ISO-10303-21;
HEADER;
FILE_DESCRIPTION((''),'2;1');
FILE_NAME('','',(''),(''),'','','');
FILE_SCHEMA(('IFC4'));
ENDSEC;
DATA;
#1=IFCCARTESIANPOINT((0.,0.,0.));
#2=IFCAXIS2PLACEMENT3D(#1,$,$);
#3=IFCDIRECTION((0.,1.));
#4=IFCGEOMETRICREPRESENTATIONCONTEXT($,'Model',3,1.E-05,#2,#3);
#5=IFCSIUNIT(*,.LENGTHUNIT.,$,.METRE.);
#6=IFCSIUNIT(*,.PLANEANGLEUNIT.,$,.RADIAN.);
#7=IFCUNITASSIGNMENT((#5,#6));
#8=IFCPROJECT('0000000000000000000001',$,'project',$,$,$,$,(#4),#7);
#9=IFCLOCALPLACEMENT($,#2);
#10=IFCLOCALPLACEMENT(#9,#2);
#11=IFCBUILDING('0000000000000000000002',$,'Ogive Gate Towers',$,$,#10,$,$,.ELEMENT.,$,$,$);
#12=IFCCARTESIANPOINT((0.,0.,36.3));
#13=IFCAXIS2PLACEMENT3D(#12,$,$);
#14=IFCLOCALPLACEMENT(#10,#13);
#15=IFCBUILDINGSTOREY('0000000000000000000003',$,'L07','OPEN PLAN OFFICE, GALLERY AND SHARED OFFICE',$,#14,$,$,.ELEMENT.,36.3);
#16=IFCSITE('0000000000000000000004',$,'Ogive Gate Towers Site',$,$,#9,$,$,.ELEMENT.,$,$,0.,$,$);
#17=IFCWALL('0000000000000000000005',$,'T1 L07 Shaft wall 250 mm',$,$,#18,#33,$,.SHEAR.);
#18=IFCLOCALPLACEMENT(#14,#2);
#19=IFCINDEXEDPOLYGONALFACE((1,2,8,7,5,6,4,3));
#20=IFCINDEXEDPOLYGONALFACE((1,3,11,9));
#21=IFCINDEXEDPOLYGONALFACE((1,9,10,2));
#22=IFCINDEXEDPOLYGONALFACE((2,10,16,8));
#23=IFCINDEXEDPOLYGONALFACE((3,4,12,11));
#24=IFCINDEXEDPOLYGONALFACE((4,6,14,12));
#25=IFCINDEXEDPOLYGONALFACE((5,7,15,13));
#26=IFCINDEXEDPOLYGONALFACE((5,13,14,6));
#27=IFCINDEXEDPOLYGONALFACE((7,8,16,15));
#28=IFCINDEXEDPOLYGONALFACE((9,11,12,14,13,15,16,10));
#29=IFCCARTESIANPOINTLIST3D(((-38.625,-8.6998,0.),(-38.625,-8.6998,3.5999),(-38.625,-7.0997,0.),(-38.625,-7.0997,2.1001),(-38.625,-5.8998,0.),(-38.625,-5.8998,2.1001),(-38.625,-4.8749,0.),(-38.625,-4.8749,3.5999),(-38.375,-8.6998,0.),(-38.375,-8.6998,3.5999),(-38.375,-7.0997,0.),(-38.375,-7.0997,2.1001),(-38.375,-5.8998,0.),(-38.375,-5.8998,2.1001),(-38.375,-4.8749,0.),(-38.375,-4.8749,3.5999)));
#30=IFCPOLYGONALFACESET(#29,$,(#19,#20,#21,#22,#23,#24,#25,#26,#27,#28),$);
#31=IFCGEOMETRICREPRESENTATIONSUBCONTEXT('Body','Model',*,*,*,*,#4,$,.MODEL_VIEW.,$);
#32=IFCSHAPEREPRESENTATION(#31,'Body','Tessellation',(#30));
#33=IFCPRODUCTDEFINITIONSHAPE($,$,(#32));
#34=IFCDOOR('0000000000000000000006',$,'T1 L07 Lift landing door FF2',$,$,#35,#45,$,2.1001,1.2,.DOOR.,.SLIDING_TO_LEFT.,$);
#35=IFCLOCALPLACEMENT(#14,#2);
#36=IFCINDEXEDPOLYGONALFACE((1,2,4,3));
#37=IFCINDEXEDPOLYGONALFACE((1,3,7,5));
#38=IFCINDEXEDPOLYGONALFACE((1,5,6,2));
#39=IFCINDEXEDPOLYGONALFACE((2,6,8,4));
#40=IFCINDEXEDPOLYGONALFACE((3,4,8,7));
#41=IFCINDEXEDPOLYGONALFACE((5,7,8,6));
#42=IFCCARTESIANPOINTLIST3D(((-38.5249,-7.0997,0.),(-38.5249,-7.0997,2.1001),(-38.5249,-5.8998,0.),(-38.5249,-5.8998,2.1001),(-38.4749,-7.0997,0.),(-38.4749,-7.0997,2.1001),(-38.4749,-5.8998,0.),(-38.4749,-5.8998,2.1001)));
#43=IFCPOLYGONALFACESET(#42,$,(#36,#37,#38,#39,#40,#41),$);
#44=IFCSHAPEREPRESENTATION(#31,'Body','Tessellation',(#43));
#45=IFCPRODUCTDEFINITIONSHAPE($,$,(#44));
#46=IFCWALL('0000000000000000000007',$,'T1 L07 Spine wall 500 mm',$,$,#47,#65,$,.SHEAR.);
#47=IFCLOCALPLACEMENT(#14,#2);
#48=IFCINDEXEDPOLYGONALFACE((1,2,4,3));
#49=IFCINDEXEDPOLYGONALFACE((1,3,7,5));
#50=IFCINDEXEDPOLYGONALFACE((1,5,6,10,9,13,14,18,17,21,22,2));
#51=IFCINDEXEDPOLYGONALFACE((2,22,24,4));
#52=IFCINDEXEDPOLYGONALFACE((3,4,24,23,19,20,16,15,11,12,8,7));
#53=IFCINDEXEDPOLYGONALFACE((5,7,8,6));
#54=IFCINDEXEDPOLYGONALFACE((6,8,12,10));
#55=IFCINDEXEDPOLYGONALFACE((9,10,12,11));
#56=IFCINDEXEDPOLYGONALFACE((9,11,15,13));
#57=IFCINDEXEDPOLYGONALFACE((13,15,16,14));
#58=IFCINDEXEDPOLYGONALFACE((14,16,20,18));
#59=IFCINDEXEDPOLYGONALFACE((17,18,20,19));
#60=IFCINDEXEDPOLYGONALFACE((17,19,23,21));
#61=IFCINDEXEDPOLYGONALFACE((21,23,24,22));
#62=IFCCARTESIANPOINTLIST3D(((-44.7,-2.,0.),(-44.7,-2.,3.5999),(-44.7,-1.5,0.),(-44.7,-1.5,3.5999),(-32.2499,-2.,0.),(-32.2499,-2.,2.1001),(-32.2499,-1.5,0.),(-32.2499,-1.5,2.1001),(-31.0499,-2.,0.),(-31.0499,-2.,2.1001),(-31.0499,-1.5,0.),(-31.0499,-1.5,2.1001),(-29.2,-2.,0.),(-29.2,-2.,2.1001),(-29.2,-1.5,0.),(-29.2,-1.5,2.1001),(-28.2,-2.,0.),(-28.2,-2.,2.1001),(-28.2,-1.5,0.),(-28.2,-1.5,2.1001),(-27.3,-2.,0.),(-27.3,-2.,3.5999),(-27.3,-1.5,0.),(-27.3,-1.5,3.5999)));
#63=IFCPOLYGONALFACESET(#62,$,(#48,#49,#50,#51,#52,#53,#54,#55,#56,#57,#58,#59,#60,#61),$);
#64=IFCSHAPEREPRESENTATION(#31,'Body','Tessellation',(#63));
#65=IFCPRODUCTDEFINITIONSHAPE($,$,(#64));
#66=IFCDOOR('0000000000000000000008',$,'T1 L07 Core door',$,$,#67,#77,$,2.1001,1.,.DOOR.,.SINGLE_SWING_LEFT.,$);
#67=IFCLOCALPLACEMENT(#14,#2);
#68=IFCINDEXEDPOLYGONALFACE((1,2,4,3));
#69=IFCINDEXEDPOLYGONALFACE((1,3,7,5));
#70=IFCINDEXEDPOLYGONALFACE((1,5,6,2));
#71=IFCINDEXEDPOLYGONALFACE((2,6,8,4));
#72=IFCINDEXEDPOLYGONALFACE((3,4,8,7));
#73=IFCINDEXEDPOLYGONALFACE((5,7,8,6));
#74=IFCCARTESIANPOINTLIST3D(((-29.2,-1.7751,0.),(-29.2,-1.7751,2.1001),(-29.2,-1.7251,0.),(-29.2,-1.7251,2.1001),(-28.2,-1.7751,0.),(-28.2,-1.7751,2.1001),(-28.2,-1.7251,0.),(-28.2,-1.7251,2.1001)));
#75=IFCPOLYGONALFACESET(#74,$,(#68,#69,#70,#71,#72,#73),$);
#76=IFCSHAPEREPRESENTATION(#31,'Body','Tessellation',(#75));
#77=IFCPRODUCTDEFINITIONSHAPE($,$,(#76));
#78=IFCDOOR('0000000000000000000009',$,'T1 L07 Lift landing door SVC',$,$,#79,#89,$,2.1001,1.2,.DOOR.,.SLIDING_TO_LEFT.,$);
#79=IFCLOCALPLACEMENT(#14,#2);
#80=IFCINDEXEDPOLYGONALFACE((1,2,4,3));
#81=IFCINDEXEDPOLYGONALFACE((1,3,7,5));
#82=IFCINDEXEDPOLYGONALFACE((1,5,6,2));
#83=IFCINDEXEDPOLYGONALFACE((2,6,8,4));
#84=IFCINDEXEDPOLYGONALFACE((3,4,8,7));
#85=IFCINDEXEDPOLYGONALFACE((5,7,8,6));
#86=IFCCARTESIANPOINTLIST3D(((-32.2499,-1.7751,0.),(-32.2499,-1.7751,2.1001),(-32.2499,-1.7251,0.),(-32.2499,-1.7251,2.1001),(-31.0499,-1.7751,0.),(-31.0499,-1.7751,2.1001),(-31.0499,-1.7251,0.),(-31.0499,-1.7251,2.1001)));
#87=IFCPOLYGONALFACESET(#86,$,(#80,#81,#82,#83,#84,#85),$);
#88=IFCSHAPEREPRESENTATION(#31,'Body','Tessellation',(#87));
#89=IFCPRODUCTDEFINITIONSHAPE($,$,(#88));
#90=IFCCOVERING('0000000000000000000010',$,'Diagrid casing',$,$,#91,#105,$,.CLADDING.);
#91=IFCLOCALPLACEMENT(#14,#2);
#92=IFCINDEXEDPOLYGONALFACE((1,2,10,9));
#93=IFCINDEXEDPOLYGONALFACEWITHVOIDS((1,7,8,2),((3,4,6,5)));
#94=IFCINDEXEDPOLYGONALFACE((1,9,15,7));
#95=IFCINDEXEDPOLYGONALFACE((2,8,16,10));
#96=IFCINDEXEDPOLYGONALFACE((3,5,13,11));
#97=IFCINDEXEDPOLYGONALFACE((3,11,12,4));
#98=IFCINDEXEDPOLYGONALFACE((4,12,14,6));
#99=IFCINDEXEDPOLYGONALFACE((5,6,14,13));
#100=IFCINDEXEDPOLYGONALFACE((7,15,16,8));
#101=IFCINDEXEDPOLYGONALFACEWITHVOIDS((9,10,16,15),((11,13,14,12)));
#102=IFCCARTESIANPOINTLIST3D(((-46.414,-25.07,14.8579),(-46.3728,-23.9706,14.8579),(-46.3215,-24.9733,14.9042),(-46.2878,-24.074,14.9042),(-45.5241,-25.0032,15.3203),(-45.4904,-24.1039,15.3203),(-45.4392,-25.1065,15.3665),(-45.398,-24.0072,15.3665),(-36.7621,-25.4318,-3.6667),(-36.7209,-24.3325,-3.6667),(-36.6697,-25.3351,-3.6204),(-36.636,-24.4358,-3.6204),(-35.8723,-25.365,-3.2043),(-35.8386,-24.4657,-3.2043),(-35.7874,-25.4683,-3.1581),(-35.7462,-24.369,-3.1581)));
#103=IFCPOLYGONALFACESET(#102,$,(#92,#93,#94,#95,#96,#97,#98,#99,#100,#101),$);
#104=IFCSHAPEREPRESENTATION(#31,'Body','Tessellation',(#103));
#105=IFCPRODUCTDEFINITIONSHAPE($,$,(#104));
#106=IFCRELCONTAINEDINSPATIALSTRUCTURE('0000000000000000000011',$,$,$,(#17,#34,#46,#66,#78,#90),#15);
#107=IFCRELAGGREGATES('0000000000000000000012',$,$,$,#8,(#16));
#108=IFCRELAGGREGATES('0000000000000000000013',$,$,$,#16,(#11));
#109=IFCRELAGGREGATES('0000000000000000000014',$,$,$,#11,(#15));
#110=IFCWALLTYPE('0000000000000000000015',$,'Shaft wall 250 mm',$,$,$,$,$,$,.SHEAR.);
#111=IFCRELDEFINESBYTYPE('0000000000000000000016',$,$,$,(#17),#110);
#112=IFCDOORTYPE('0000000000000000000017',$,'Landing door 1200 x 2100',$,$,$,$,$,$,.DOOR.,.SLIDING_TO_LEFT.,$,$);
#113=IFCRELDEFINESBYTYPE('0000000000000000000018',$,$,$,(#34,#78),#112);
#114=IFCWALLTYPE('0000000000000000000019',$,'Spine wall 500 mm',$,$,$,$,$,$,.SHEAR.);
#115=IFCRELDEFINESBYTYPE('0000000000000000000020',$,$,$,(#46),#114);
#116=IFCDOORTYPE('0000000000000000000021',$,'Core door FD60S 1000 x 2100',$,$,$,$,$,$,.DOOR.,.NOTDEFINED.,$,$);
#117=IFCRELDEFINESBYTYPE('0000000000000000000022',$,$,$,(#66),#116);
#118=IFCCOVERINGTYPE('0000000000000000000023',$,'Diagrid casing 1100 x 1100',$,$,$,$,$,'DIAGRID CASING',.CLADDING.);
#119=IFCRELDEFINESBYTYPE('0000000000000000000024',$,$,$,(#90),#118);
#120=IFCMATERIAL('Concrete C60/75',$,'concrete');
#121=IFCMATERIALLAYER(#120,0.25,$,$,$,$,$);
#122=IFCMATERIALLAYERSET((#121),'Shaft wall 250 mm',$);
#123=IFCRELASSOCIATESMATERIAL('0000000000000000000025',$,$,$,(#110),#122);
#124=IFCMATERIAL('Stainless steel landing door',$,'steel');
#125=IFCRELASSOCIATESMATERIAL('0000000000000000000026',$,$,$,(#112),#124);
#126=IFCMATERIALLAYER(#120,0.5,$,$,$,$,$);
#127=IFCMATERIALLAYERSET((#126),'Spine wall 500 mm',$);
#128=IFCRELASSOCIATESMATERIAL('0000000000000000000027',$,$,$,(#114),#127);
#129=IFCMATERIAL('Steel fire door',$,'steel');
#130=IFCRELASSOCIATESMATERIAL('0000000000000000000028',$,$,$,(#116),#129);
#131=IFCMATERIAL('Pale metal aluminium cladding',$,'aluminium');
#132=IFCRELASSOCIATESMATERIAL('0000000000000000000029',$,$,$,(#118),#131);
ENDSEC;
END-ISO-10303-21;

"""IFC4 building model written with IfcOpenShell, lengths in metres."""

from ifc_helpers import new_model, si_unit, direction, frame, frame_2d, origin, origin_2d, place, context, subcontext, project, spatial, rectangle, hollow_rectangle, extrude, material, layer, layer_set, material_profile, profile_set, type_object, element, fill, save


model = new_model("IFC4")

# Units and contexts
model_context = context("Model", 3, precision=1e-05, world=origin(), true_north=direction((0.0, 1.0)))
body_context = subcontext(model_context, "Body", "Model", "MODEL_VIEW")
ifc_project = project(units=[si_unit("LENGTHUNIT", "METRE"), si_unit("PLANEANGLEUNIT", "RADIAN")], contexts=[model_context])

# Site, building, storey
site_placement = place(None, origin())
site = spatial("IfcSite", under=ifc_project, at=site_placement, Name="Ogive Gate Towers Site", CompositionType="ELEMENT", RefElevation=0.0)
building_placement = place(site_placement, origin())
building = spatial("IfcBuilding", under=site, at=building_placement, Name="Ogive Gate Towers", CompositionType="ELEMENT")
storey_placement = place(building_placement, frame((0.0, 0.0, 36.3)))
storey = spatial("IfcBuildingStorey", under=building, at=storey_placement, Name="L07", Description="OPEN PLAN OFFICE, GALLERY AND SHARED OFFICE", CompositionType="ELEMENT", Elevation=36.3)

# Shared definitions
ifc_material_1 = material(Name="Concrete C60/75", Category="concrete")
ifc_material_2 = material(Name="Steel fire door", Category="steel")

# Shared definitions
ifc_layer_1 = layer(ifc_material_1, 0.25)
ifc_layer_set_1 = layer_set([ifc_layer_1], Name="Shaft wall 250 mm")
wall_type_1 = type_object("IfcWallType", Name="Shaft wall 250 mm", PredefinedType="SHEAR", material=ifc_layer_set_1)

# Wall, opening, door
wall_1_placement = place(storey_placement, frame((-38.5, -8.7, 0.0), z_axis=(0.0, 0.0, 1.0), x_axis=(0.0, 1.0, 0.0)))
wall_1 = element("IfcWall", 1, at=wall_1_placement, inside=storey, type_object=wall_type_1, Name="T1 L07 Shaft wall 250 mm", PredefinedType="SHEAR", context=body_context, shape_type="SweptSolid", body=[
    extrude(rectangle(XDim=3.825, YDim=0.25, at=frame_2d((1.9126, 0.0))), origin(), (0.0, 0.0, 1.0), 3.5999),
])
opening_1_placement = place(wall_1_placement, frame((1.6001, 0.0, 0.0)))
opening_1 = element("IfcOpeningElement", 2, at=opening_1_placement, cuts=wall_1, PredefinedType="OPENING", context=body_context, shape_type="SweptSolid", body=[
    extrude(rectangle(XDim=1.2, YDim=2.1001, at=frame_2d((0.6001, 1.05))), frame((0.0, 0.135, 0.0), z_axis=(0.0, -1.0, 0.0), x_axis=(1.0, 0.0, 0.0)), (0.0, 0.0, 1.0), 0.27),
])
ifc_material_3 = material(Name="Stainless steel landing door", Category="steel")
door_type_1 = type_object("IfcDoorType", Name="Landing door 1200 x 2100", OperationType="SLIDING_TO_LEFT", PredefinedType="DOOR", material=ifc_material_3)
door_1_placement = place(opening_1_placement, origin())
door_1 = element("IfcDoor", 3, at=door_1_placement, inside=storey, type_object=door_type_1, Name="T1 L07 Lift landing door FF2", OperationType="SLIDING_TO_LEFT", OverallHeight=2.1001, OverallWidth=1.2, PredefinedType="DOOR", context=body_context, shape_type="SweptSolid", body=[
    extrude(rectangle(XDim=1.2, YDim=2.1001, at=frame_2d((0.6001, 1.05))), frame((0.0, 0.0249, 0.0), z_axis=(0.0, -1.0, 0.0), x_axis=(1.0, 0.0, 0.0)), (0.0, 0.0, 1.0), 0.05),
])
fill(opening_1, door_1)

# Wall, openings, doors
ifc_layer_2 = layer(ifc_material_1, 0.5)
ifc_layer_set_2 = layer_set([ifc_layer_2], Name="Spine wall 500 mm")
wall_type_2 = type_object("IfcWallType", Name="Spine wall 500 mm", PredefinedType="SHEAR", material=ifc_layer_set_2)
wall_2_placement = place(storey_placement, frame((-44.7, -1.75, 0.0), z_axis=(0.0, 0.0, 1.0), x_axis=(1.0, 0.0, 0.0)))
wall_2 = element("IfcWall", 4, at=wall_2_placement, inside=storey, type_object=wall_type_2, Name="T1 L07 Spine wall 500 mm", PredefinedType="SHEAR", context=body_context, shape_type="SweptSolid", body=[
    extrude(rectangle(XDim=17.3999, YDim=0.5, at=frame_2d((8.7, 0.0))), origin(), (0.0, 0.0, 1.0), 3.5999),
])
opening_2_placement = place(wall_2_placement, frame((12.45, 0.0, 0.0)))
opening_2 = element("IfcOpeningElement", 5, at=opening_2_placement, cuts=wall_2, PredefinedType="OPENING", context=body_context, shape_type="SweptSolid", body=[
    extrude(rectangle(XDim=1.2, YDim=2.1001, at=frame_2d((0.6001, 1.05))), frame((0.0, 0.26, 0.0), z_axis=(0.0, -1.0, 0.0), x_axis=(1.0, 0.0, 0.0)), (0.0, 0.0, 1.0), 0.52),
])
opening_3_placement = place(wall_2_placement, frame((15.5, 0.0, 0.0)))
opening_3 = element("IfcOpeningElement", 6, at=opening_3_placement, cuts=wall_2, PredefinedType="OPENING", context=body_context, shape_type="SweptSolid", body=[
    extrude(rectangle(XDim=1.0, YDim=2.1001, at=frame_2d((0.5, 1.05))), frame((0.0, 0.26, 0.0), z_axis=(0.0, -1.0, 0.0), x_axis=(1.0, 0.0, 0.0)), (0.0, 0.0, 1.0), 0.52),
])
door_type_2 = type_object("IfcDoorType", Name="Core door FD60S 1000 x 2100", OperationType="NOTDEFINED", PredefinedType="DOOR", material=ifc_material_2)
door_2_placement = place(opening_3_placement, origin())
door_2 = element("IfcDoor", 7, at=door_2_placement, inside=storey, type_object=door_type_2, Name="T1 L07 Core door", OperationType="SINGLE_SWING_LEFT", OverallHeight=2.1001, OverallWidth=1.0, PredefinedType="DOOR", context=body_context, shape_type="SweptSolid", body=[
    extrude(rectangle(XDim=1.0, YDim=2.1001, at=frame_2d((0.5, 1.05))), frame((0.0, 0.0249, 0.0), z_axis=(0.0, -1.0, 0.0), x_axis=(1.0, 0.0, 0.0)), (0.0, 0.0, 1.0), 0.05),
])
fill(opening_3, door_2)
door_3_placement = place(opening_2_placement, origin())
door_3 = element("IfcDoor", 8, at=door_3_placement, inside=storey, type_object=door_type_1, Name="T1 L07 Lift landing door SVC", OperationType="SLIDING_TO_LEFT", OverallHeight=2.1001, OverallWidth=1.2, PredefinedType="DOOR", context=body_context, shape_type="SweptSolid", body=[
    extrude(rectangle(XDim=1.2, YDim=2.1001, at=frame_2d((0.6001, 1.05))), frame((0.0, 0.0249, 0.0), z_axis=(0.0, -1.0, 0.0), x_axis=(1.0, 0.0, 0.0)), (0.0, 0.0, 1.0), 0.05),
])
fill(opening_2, door_3)

# Covering
ifc_material_4 = material(Name="Pale metal aluminium cladding", Category="aluminium")
ifc_material_profile_1 = material_profile(ifc_material_4, hollow_rectangle(XDim=1.1001, YDim=1.1001, WallThickness=0.1001, at=origin_2d()), Name="1100 x 1100 pale metal casing")
ifc_profile_set_1 = profile_set([ifc_material_profile_1], Name="Pale metal aluminium cladding")
covering_type = type_object("IfcCoveringType", Name="Diagrid casing 1100 x 1100", ElementType="DIAGRID CASING", PredefinedType="CLADDING", material=ifc_profile_set_1)
covering_placement = place(storey_placement, frame((-36.2542, -24.9004, -3.4124), z_axis=(-0.462001, 0.017319, 0.886711), x_axis=(-0.03746, -0.999298, 0.0)))
element("IfcCovering", 9, at=covering_placement, inside=storey, type_object=covering_type, Name="Diagrid casing", PredefinedType="CLADDING", context=body_context, shape_type="SweptSolid", body=[
    extrude(hollow_rectangle(XDim=1.1001, YDim=1.1001, WallThickness=0.1001, at=origin_2d()), origin(), (0.0, 0.0, 1.0), 20.8914),
])

save(model, "model.ifc")
